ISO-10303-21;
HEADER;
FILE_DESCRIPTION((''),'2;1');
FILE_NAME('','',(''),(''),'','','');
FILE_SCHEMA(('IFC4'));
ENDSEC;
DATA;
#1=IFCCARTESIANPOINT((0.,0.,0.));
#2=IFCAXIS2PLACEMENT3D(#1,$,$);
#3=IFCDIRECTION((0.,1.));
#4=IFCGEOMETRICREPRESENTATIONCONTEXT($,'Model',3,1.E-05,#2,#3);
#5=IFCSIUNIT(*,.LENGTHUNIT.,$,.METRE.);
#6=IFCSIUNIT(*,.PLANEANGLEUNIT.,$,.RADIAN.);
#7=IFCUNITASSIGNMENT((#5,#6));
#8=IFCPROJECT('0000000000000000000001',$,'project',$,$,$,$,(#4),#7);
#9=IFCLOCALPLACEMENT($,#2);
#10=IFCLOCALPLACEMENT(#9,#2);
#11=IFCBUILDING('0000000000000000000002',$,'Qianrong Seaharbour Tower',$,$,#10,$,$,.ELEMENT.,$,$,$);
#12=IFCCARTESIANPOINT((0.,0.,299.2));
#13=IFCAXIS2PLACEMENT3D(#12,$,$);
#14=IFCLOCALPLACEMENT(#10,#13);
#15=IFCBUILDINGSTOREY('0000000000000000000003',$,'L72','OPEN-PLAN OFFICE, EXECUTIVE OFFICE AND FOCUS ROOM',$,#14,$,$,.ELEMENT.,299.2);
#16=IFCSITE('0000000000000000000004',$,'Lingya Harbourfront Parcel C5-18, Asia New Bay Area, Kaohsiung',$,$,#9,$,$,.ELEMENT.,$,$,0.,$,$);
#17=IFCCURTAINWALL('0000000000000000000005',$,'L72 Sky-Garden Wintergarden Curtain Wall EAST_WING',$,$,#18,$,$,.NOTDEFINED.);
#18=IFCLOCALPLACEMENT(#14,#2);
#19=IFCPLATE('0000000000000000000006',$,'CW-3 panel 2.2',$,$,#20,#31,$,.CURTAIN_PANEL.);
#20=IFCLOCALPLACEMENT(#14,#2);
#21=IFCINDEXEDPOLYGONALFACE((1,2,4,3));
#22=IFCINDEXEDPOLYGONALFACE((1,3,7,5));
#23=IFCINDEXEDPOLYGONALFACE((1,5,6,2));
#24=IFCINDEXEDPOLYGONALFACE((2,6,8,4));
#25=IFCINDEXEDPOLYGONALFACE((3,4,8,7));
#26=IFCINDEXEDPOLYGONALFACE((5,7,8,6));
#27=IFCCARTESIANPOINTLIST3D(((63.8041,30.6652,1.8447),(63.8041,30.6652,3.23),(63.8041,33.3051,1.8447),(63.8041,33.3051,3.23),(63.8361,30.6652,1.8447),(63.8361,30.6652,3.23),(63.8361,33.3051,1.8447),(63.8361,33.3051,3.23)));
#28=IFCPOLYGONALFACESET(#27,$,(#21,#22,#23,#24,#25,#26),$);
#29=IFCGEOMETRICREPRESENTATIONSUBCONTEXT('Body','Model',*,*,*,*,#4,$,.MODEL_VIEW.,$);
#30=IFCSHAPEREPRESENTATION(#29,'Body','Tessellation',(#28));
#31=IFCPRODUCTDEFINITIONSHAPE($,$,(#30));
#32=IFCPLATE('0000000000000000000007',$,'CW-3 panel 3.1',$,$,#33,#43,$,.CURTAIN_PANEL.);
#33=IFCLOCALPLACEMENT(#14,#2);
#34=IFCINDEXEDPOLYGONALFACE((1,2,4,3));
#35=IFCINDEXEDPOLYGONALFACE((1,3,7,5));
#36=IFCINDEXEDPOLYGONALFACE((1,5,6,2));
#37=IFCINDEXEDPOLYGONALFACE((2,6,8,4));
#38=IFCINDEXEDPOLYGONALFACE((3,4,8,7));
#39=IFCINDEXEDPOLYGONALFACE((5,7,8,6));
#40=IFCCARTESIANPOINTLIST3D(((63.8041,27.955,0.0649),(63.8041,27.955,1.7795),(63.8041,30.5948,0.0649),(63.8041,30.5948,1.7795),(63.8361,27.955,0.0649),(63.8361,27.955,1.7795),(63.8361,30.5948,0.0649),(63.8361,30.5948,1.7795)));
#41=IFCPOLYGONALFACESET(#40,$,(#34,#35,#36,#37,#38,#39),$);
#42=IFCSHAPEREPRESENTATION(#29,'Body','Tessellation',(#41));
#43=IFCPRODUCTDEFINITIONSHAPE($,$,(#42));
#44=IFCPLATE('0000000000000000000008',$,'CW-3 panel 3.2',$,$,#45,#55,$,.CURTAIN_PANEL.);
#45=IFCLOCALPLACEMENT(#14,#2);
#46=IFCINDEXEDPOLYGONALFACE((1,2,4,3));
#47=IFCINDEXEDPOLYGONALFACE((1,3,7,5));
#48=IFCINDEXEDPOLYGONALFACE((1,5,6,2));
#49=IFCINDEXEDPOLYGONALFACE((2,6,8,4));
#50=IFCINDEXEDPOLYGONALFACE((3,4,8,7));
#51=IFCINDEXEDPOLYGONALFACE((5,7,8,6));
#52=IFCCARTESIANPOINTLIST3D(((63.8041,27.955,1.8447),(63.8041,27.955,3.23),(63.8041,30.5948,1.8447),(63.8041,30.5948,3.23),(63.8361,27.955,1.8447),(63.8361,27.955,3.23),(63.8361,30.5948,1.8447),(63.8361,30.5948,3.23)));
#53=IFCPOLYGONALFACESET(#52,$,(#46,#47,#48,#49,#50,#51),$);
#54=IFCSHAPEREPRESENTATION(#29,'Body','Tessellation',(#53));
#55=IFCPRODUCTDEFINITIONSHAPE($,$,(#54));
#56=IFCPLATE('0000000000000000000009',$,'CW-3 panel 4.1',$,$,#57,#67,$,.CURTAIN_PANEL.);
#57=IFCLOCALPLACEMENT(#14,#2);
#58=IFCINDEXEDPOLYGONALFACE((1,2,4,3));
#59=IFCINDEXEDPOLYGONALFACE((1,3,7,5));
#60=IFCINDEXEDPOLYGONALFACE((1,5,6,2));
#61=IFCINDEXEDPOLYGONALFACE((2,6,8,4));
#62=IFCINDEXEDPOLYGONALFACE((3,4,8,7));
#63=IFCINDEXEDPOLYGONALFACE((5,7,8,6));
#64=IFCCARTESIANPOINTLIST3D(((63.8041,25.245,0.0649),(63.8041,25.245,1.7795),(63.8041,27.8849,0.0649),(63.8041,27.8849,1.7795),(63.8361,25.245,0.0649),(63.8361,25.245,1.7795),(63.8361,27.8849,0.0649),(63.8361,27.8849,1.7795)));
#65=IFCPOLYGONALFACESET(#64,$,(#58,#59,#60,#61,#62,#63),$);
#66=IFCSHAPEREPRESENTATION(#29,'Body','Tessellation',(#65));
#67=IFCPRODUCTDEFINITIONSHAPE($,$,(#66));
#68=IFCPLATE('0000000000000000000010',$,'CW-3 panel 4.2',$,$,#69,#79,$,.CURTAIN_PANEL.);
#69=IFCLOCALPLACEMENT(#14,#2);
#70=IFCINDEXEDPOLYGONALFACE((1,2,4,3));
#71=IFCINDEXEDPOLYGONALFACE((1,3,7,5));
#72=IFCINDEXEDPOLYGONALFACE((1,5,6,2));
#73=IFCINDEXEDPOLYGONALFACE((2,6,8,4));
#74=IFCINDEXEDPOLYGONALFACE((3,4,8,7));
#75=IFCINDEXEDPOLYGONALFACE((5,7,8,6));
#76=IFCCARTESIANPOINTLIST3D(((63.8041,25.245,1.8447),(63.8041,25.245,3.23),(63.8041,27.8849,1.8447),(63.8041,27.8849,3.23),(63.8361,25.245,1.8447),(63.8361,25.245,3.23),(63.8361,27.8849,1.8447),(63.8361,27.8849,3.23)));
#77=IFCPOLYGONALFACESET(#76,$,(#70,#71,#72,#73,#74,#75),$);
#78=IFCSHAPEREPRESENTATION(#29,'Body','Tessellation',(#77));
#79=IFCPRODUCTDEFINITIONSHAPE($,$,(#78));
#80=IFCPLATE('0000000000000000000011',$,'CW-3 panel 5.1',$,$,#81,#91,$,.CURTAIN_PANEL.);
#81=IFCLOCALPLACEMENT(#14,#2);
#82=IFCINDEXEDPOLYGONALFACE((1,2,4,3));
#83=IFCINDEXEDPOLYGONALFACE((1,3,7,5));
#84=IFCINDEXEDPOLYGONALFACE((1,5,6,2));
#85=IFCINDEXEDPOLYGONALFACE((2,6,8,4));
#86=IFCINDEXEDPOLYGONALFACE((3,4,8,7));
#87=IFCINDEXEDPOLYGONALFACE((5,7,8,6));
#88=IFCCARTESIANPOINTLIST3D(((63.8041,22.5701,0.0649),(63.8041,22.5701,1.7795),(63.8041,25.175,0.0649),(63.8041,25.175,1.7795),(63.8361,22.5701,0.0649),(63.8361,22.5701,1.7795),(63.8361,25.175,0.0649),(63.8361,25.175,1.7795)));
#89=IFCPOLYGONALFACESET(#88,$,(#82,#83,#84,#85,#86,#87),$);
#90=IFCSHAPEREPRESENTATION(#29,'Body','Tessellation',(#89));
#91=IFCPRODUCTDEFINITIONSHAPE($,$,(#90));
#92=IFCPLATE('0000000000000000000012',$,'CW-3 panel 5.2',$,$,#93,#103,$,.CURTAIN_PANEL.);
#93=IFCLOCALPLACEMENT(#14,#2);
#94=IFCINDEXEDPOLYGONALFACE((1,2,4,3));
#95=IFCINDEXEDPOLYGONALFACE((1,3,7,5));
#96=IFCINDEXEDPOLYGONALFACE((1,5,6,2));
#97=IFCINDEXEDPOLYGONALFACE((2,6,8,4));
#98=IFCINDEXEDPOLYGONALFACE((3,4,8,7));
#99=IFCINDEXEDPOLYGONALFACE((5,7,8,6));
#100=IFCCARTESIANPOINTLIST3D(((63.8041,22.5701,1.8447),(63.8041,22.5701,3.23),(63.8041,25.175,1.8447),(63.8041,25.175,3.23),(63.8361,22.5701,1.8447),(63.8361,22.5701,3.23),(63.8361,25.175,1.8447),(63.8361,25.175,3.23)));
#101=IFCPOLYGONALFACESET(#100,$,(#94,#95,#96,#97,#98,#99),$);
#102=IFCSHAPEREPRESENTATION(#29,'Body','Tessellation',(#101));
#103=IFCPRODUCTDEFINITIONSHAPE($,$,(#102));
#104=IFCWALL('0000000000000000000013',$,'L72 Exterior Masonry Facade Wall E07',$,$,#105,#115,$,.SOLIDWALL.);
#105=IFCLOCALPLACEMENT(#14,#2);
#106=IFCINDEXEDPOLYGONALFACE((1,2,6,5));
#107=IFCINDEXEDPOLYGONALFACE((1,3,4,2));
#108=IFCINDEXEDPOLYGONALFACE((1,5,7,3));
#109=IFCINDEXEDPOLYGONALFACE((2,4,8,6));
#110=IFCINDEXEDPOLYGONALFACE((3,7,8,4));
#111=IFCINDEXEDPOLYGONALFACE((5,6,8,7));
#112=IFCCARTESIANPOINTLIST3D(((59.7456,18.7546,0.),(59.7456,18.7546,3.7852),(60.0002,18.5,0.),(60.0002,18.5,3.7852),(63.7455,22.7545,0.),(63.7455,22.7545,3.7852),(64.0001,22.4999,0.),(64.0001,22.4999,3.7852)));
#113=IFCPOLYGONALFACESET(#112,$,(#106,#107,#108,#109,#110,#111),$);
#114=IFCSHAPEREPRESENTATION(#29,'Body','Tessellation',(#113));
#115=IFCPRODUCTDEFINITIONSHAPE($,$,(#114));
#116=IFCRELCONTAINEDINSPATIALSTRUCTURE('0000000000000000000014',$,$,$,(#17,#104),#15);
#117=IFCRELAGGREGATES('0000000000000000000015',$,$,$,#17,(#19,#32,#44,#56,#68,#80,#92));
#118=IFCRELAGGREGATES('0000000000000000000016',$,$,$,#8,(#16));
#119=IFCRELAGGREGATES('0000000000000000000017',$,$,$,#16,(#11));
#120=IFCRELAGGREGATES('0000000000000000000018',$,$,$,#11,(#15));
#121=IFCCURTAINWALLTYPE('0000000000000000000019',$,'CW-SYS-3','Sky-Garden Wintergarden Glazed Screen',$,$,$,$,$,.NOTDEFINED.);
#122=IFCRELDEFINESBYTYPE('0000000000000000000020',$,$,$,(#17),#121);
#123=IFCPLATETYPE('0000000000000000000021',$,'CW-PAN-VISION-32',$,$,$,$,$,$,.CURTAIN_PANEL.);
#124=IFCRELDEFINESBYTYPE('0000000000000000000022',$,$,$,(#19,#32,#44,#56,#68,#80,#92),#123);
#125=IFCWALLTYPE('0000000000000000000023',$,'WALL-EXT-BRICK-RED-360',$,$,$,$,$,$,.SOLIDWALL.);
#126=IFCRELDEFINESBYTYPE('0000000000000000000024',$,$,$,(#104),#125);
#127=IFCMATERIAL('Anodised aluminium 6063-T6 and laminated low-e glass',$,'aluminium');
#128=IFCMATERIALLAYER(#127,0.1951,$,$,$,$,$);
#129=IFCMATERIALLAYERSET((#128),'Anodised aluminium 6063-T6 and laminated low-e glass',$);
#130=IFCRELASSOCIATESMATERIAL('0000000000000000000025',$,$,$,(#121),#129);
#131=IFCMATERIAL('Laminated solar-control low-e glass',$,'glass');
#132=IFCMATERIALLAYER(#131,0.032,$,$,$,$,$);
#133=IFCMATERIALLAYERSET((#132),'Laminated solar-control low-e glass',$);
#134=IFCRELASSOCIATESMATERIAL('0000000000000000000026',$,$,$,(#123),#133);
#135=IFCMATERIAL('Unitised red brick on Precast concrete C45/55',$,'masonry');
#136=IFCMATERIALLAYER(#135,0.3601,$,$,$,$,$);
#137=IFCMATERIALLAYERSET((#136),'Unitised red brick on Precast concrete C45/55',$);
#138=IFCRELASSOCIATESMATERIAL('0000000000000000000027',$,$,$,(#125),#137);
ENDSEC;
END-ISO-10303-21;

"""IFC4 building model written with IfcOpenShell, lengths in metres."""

from ifc_helpers import new_model, si_unit, direction, frame, frame_2d, origin, origin_2d, place, context, subcontext, project, spatial, rectangle, extrude, material, layer, layer_set, type_object, element, aggregate, save


model = new_model("IFC4")

# Units and contexts
model_context = context("Model", 3, precision=1e-05, world=origin(), true_north=direction((0.0, 1.0)))
body_context = subcontext(model_context, "Body", "Model", "MODEL_VIEW")
ifc_project = project(units=[si_unit("LENGTHUNIT", "METRE"), si_unit("PLANEANGLEUNIT", "RADIAN")], contexts=[model_context])

# Site, building, storey
site_placement = place(None, origin())
site = spatial("IfcSite", under=ifc_project, at=site_placement, Name="Lingya Harbourfront Parcel C5-18, Asia New Bay Area, Kaohsiung", CompositionType="ELEMENT", RefElevation=0.0)
building_placement = place(site_placement, origin())
building = spatial("IfcBuilding", under=site, at=building_placement, Name="Qianrong Seaharbour Tower", CompositionType="ELEMENT")
storey_placement = place(building_placement, frame((0.0, 0.0, 299.2)))
storey = spatial("IfcBuildingStorey", under=building, at=storey_placement, Name="L72", Description="OPEN-PLAN OFFICE, EXECUTIVE OFFICE AND FOCUS ROOM", CompositionType="ELEMENT", Elevation=299.2)

# Curtain wall, plates
ifc_material_1 = material(Name="Anodised aluminium 6063-T6 and laminated low-e glass", Category="aluminium")
ifc_layer_1 = layer(ifc_material_1, 0.1951)
ifc_layer_set_1 = layer_set([ifc_layer_1], Name="Anodised aluminium 6063-T6 and laminated low-e glass")
curtain_wall_type = type_object("IfcCurtainWallType", Name="CW-SYS-3", Description="Sky-Garden Wintergarden Glazed Screen", PredefinedType="NOTDEFINED", material=ifc_layer_set_1)
curtain_wall_placement = place(storey_placement, origin())
curtain_wall = element("IfcCurtainWall", 1, at=curtain_wall_placement, inside=storey, type_object=curtain_wall_type, Name="L72 Sky-Garden Wintergarden Curtain Wall EAST_WING", PredefinedType="NOTDEFINED")
ifc_material_2 = material(Name="Laminated solar-control low-e glass", Category="glass")
ifc_layer_2 = layer(ifc_material_2, 0.032)
ifc_layer_set_2 = layer_set([ifc_layer_2], Name="Laminated solar-control low-e glass")
plate_type = type_object("IfcPlateType", Name="CW-PAN-VISION-32", PredefinedType="CURTAIN_PANEL", material=ifc_layer_set_2)
plate_1_placement = place(storey_placement, frame((63.8201, 31.9851, 1.8447), z_axis=(0.0, 0.0, 1.0), x_axis=(0.0, -1.0, 0.0)))
plate_1 = element("IfcPlate", 2, at=plate_1_placement, type_object=plate_type, Name="CW-3 panel 2.2", PredefinedType="CURTAIN_PANEL", context=body_context, shape_type="SweptSolid", body=[
    extrude(rectangle(XDim=2.6399, YDim=0.032, at=origin_2d()), origin(), (0.0, 0.0, 1.0), 1.3853),
])
plate_2_placement = place(storey_placement, frame((63.8201, 29.2749, 0.0649), z_axis=(0.0, 0.0, 1.0), x_axis=(0.0, -1.0, 0.0)))
plate_2 = element("IfcPlate", 3, at=plate_2_placement, type_object=plate_type, Name="CW-3 panel 3.1", PredefinedType="CURTAIN_PANEL", context=body_context, shape_type="SweptSolid", body=[
    extrude(rectangle(XDim=2.6399, YDim=0.032, at=origin_2d()), origin(), (0.0, 0.0, 1.0), 1.7146),
])
plate_3_placement = place(storey_placement, frame((63.8201, 29.2749, 1.8447), z_axis=(0.0, 0.0, 1.0), x_axis=(0.0, -1.0, 0.0)))
plate_3 = element("IfcPlate", 4, at=plate_3_placement, type_object=plate_type, Name="CW-3 panel 3.2", PredefinedType="CURTAIN_PANEL", context=body_context, shape_type="SweptSolid", body=[
    extrude(rectangle(XDim=2.6399, YDim=0.032, at=origin_2d()), origin(), (0.0, 0.0, 1.0), 1.3853),
])
plate_4_placement = place(storey_placement, frame((63.8201, 26.5649, 0.0649), z_axis=(0.0, 0.0, 1.0), x_axis=(0.0, -1.0, 0.0)))
plate_4 = element("IfcPlate", 5, at=plate_4_placement, type_object=plate_type, Name="CW-3 panel 4.1", PredefinedType="CURTAIN_PANEL", context=body_context, shape_type="SweptSolid", body=[
    extrude(rectangle(XDim=2.6399, YDim=0.032, at=origin_2d()), origin(), (0.0, 0.0, 1.0), 1.7146),
])
plate_5_placement = place(storey_placement, frame((63.8201, 26.5649, 1.8447), z_axis=(0.0, 0.0, 1.0), x_axis=(0.0, -1.0, 0.0)))
plate_5 = element("IfcPlate", 6, at=plate_5_placement, type_object=plate_type, Name="CW-3 panel 4.2", PredefinedType="CURTAIN_PANEL", context=body_context, shape_type="SweptSolid", body=[
    extrude(rectangle(XDim=2.6399, YDim=0.032, at=origin_2d()), origin(), (0.0, 0.0, 1.0), 1.3853),
])
plate_6_placement = place(storey_placement, frame((63.8201, 23.8726, 0.0649), z_axis=(0.0, 0.0, 1.0), x_axis=(0.0, -1.0, 0.0)))
plate_6 = element("IfcPlate", 7, at=plate_6_placement, type_object=plate_type, Name="CW-3 panel 5.1", PredefinedType="CURTAIN_PANEL", context=body_context, shape_type="SweptSolid", body=[
    extrude(rectangle(XDim=2.605, YDim=0.032, at=origin_2d()), origin(), (0.0, 0.0, 1.0), 1.7146),
])
plate_7_placement = place(storey_placement, frame((63.8201, 23.8726, 1.8447), z_axis=(0.0, 0.0, 1.0), x_axis=(0.0, -1.0, 0.0)))
plate_7 = element("IfcPlate", 8, at=plate_7_placement, type_object=plate_type, Name="CW-3 panel 5.2", PredefinedType="CURTAIN_PANEL", context=body_context, shape_type="SweptSolid", body=[
    extrude(rectangle(XDim=2.605, YDim=0.032, at=origin_2d()), origin(), (0.0, 0.0, 1.0), 1.3853),
])
aggregate(curtain_wall, [plate_1, plate_2, plate_3, plate_4, plate_5, plate_6, plate_7])

# Wall
ifc_material_3 = material(Name="Unitised red brick on Precast concrete C45/55", Category="masonry")
ifc_layer_3 = layer(ifc_material_3, 0.3601)
ifc_layer_set_3 = layer_set([ifc_layer_3], Name="Unitised red brick on Precast concrete C45/55")
wall_type = type_object("IfcWallType", Name="WALL-EXT-BRICK-RED-360", PredefinedType="SOLIDWALL", material=ifc_layer_set_3)
wall_placement = place(storey_placement, frame((63.8728, 22.6272, 0.0), z_axis=(0.0, 0.0, 1.0), x_axis=(-0.707107, -0.707107, 0.0)))
element("IfcWall", 9, at=wall_placement, inside=storey, type_object=wall_type, Name="L72 Exterior Masonry Facade Wall E07", PredefinedType="SOLIDWALL", context=body_context, shape_type="SweptSolid", body=[
    extrude(rectangle(XDim=5.6567, YDim=0.3601, at=frame_2d((2.8284, 0.0))), origin(), (0.0, 0.0, 1.0), 3.7852),
])

save(model, "model.ifc")
